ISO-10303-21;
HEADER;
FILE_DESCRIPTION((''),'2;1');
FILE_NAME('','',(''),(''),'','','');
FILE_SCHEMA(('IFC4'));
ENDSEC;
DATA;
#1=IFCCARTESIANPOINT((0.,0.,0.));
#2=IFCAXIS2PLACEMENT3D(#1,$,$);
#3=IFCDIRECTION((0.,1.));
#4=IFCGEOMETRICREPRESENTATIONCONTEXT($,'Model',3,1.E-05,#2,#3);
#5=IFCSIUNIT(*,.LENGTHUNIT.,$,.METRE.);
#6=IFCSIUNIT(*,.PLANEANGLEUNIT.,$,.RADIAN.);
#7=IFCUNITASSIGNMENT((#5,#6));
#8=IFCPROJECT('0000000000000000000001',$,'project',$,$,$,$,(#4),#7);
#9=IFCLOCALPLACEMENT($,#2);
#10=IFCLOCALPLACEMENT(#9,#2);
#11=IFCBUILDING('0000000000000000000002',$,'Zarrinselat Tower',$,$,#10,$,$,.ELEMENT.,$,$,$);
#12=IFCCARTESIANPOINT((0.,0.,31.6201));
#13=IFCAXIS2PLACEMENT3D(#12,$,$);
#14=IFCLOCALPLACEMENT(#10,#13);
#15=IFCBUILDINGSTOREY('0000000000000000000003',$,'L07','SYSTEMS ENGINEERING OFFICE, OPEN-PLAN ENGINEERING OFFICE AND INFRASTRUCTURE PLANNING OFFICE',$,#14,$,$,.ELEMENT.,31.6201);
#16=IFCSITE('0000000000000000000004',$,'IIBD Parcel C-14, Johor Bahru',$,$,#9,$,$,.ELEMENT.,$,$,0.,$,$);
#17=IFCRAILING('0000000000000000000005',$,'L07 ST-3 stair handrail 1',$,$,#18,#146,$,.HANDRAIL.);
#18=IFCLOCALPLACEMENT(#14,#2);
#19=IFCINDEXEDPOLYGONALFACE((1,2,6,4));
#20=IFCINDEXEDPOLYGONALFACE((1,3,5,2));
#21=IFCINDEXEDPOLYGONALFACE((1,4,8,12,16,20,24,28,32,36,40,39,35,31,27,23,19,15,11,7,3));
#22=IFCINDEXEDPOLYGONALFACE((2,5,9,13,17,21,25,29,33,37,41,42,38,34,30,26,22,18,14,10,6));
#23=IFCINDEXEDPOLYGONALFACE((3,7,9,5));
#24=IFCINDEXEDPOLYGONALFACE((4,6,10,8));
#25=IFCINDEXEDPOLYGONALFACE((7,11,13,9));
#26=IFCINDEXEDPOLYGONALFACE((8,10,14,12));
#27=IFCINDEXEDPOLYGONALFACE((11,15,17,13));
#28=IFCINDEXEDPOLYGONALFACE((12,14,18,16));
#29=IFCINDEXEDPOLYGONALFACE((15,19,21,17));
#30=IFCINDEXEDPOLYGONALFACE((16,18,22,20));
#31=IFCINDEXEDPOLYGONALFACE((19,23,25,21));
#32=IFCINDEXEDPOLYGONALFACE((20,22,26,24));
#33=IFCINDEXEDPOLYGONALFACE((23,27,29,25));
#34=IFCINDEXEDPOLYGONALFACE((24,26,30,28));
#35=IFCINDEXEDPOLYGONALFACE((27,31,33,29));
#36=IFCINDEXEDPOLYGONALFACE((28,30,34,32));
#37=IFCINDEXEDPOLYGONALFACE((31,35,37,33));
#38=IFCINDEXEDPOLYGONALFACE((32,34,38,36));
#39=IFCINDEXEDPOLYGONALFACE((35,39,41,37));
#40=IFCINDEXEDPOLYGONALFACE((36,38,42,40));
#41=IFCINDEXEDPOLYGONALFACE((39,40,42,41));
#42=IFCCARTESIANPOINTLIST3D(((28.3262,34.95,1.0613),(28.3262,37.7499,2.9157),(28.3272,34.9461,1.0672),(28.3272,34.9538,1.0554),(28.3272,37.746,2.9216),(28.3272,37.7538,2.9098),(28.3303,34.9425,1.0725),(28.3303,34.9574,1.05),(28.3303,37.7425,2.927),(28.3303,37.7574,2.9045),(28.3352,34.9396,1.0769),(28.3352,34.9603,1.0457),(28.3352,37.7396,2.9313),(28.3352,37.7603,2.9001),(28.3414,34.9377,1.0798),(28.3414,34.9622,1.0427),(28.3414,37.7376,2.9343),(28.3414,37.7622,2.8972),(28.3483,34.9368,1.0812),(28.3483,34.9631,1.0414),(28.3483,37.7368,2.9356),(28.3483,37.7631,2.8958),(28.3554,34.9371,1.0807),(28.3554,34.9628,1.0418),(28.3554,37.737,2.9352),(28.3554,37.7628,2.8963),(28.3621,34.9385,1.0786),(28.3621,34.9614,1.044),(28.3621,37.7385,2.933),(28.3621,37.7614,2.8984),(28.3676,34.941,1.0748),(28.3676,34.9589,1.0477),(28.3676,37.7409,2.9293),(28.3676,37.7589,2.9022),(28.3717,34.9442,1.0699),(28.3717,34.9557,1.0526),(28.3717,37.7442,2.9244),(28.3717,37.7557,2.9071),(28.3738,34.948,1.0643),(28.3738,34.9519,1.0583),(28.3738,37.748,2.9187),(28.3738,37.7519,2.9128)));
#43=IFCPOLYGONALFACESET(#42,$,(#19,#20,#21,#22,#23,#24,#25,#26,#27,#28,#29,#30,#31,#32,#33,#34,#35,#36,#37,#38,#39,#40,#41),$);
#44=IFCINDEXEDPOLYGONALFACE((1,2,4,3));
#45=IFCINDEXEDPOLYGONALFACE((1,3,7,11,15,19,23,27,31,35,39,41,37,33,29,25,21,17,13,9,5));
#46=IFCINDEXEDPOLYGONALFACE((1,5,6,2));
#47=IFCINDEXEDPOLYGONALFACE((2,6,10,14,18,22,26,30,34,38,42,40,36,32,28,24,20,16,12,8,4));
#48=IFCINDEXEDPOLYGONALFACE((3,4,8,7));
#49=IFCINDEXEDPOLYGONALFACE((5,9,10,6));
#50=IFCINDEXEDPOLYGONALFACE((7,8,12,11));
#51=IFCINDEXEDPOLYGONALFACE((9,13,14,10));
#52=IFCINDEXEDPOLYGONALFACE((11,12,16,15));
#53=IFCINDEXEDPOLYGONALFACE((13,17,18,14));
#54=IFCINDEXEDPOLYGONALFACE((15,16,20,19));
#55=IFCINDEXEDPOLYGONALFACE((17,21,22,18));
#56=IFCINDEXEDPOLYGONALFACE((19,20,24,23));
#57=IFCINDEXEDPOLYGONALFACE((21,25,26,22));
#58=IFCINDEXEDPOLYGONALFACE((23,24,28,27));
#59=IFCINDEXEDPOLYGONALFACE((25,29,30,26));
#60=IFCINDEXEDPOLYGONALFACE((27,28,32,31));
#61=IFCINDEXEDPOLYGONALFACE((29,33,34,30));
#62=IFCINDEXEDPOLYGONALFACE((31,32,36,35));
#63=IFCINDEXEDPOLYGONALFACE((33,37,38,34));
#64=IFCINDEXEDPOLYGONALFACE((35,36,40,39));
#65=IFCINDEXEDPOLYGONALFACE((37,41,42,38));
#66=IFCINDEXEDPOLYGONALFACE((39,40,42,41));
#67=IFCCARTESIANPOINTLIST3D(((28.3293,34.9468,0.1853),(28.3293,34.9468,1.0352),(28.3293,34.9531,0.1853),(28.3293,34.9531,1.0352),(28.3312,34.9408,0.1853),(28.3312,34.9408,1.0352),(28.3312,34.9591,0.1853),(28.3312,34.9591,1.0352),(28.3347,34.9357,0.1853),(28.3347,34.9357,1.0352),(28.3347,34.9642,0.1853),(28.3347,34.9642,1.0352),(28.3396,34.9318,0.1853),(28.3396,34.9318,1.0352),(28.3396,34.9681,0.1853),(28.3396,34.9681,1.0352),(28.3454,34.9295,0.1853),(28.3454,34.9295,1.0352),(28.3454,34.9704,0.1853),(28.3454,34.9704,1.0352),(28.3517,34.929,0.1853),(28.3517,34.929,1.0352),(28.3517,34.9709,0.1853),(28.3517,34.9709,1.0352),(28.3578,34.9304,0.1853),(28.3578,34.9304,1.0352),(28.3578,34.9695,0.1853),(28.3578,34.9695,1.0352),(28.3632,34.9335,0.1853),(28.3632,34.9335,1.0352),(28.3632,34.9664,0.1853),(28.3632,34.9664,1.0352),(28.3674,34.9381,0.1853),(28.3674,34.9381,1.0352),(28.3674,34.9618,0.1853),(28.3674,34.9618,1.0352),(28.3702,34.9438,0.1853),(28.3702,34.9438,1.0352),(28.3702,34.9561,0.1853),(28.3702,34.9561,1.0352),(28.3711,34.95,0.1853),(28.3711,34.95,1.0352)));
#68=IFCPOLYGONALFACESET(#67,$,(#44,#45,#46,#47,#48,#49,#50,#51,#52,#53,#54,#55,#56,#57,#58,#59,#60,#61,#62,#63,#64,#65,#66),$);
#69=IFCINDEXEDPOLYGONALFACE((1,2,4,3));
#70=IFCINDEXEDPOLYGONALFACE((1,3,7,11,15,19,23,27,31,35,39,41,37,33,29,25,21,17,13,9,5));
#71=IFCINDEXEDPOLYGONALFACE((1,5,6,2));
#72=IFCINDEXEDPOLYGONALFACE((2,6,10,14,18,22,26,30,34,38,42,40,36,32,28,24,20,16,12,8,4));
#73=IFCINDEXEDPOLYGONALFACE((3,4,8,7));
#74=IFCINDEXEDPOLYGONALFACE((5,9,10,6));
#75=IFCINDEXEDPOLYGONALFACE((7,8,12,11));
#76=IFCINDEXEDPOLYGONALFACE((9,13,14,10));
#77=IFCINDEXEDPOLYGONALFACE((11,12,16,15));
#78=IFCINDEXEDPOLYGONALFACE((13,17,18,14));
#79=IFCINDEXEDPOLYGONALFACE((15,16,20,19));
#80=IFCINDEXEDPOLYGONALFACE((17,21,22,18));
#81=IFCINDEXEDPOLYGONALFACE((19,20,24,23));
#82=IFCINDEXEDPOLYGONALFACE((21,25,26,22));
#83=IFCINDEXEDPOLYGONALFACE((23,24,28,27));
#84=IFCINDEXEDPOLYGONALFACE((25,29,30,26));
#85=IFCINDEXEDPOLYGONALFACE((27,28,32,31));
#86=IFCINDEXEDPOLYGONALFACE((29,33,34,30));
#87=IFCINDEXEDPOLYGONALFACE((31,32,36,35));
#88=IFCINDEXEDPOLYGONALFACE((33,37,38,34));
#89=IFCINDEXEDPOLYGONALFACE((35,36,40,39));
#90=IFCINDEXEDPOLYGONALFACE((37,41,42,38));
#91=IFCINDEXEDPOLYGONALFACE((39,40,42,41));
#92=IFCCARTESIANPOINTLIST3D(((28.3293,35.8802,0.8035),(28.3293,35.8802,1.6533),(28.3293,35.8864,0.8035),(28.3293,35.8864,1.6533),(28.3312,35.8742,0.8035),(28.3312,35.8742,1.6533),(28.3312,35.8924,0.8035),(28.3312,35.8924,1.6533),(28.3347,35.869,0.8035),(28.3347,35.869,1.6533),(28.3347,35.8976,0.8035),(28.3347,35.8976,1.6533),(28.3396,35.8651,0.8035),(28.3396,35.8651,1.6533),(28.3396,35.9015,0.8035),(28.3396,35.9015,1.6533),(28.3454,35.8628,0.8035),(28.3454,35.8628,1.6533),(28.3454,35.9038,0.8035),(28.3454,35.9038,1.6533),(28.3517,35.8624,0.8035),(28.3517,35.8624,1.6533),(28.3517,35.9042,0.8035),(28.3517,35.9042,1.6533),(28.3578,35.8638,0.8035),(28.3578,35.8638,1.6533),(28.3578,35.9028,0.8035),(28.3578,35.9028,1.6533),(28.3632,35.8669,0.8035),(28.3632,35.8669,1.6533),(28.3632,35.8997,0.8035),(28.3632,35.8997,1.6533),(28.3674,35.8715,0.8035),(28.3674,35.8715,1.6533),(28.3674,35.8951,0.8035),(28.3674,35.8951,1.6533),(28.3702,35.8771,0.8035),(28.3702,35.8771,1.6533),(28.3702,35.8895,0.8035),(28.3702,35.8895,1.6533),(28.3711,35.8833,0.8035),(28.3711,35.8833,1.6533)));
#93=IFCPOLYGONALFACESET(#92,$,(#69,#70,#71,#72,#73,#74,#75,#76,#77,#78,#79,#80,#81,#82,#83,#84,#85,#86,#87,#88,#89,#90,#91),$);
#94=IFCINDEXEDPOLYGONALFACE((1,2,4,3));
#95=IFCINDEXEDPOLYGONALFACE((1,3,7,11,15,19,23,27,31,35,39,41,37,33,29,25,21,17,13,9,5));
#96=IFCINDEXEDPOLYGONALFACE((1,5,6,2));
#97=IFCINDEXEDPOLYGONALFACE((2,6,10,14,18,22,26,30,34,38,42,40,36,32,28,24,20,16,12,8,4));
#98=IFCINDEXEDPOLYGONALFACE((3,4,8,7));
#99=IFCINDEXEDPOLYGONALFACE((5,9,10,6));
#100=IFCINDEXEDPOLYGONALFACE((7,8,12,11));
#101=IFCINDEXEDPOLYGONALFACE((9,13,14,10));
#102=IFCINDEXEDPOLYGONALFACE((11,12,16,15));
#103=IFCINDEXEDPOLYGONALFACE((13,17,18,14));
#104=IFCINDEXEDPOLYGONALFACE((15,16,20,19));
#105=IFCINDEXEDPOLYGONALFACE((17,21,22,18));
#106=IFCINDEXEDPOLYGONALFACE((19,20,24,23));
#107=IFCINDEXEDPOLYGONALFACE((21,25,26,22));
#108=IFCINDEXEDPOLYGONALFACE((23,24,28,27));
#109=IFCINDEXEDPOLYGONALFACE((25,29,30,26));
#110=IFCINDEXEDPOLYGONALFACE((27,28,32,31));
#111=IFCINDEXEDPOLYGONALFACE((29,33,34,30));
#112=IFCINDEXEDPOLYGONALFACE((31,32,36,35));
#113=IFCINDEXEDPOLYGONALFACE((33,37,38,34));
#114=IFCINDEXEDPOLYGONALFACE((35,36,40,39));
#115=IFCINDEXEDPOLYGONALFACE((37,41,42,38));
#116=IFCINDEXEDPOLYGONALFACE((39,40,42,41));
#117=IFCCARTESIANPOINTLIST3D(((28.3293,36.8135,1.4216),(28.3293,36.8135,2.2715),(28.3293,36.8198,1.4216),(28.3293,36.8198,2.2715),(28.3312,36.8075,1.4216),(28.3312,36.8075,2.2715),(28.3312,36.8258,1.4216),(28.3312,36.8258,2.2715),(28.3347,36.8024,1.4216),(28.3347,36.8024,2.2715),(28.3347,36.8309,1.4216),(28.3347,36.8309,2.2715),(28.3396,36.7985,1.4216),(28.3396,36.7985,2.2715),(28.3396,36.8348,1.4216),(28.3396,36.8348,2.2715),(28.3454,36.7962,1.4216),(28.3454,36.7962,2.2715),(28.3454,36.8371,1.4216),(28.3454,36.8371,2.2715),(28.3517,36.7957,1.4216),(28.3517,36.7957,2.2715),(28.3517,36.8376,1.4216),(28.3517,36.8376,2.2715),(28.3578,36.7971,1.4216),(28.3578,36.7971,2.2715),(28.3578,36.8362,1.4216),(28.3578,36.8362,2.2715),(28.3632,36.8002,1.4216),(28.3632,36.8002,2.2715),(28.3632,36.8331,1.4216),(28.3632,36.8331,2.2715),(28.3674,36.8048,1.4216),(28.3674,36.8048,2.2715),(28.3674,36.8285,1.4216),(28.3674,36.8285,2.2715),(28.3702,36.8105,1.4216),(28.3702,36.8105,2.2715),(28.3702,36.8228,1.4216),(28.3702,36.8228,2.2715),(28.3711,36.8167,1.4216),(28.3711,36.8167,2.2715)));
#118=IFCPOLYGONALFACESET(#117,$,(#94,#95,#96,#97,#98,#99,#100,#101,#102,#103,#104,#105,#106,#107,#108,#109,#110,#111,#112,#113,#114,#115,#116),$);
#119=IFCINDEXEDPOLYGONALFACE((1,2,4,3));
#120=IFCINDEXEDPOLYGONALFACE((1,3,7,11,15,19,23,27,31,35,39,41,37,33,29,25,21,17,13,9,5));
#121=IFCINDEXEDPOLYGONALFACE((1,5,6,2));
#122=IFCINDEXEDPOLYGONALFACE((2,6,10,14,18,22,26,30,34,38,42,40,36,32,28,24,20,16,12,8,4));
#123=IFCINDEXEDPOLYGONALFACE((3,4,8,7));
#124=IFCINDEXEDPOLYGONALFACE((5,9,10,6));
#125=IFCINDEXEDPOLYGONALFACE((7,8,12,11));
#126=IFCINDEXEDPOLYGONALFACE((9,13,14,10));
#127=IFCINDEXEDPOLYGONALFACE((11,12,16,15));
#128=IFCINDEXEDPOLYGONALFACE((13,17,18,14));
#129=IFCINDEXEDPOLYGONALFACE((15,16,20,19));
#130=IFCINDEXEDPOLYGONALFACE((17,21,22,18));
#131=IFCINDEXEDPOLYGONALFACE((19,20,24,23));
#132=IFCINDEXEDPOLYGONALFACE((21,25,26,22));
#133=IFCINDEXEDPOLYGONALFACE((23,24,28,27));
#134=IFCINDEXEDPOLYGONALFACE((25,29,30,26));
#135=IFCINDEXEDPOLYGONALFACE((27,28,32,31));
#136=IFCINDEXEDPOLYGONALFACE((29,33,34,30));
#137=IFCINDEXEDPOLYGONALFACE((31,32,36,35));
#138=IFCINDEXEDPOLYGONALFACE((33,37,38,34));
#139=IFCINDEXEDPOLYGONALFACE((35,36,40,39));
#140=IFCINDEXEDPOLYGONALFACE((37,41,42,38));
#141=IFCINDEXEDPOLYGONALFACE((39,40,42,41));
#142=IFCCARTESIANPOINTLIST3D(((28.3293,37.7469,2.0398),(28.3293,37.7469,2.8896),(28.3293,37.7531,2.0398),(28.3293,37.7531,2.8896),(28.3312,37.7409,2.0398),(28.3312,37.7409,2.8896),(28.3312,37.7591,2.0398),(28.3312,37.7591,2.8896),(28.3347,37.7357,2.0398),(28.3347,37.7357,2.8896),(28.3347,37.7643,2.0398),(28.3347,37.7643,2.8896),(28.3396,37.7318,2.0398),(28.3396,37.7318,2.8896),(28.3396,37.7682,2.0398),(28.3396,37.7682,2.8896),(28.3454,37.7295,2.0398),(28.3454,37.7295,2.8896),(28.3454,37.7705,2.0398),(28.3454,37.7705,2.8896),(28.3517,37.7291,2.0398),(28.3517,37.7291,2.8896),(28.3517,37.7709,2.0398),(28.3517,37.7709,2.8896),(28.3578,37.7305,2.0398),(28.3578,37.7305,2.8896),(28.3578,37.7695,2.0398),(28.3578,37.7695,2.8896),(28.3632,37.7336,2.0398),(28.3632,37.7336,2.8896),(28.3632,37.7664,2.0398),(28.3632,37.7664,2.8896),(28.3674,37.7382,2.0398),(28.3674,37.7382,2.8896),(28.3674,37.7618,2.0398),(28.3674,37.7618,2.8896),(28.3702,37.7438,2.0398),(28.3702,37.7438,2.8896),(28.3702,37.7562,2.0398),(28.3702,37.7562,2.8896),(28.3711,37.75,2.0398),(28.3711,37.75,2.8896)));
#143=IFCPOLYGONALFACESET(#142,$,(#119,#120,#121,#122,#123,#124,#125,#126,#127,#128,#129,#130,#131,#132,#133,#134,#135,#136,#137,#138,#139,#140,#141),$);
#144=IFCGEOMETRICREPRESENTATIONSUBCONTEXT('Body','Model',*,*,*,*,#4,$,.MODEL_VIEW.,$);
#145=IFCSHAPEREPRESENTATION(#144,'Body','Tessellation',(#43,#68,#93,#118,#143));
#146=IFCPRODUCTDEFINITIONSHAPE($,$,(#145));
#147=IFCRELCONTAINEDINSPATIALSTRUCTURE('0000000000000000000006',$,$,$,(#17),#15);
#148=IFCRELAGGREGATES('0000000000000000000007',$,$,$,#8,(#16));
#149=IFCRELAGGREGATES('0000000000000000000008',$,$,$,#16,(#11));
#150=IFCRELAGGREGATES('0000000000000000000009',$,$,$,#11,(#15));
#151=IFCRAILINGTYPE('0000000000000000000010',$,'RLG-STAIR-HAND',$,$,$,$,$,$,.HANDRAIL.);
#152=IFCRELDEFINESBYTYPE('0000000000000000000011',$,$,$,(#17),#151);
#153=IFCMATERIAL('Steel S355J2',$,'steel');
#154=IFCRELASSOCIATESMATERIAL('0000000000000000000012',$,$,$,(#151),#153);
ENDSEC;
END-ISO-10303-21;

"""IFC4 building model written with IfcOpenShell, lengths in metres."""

from ifc_helpers import new_model, si_unit, direction, frame, origin, origin_2d, place, context, subcontext, project, spatial, circle, extrude, material, type_object, element, save


model = new_model("IFC4")

# Units and contexts
model_context = context("Model", 3, precision=1e-05, world=origin(), true_north=direction((0.0, 1.0)))
body_context = subcontext(model_context, "Body", "Model", "MODEL_VIEW")
ifc_project = project(units=[si_unit("LENGTHUNIT", "METRE"), si_unit("PLANEANGLEUNIT", "RADIAN")], contexts=[model_context])

# Site, building, storey
site_placement = place(None, origin())
site = spatial("IfcSite", under=ifc_project, at=site_placement, Name="IIBD Parcel C-14, Johor Bahru", CompositionType="ELEMENT", RefElevation=0.0)
building_placement = place(site_placement, origin())
building = spatial("IfcBuilding", under=site, at=building_placement, Name="Zarrinselat Tower", CompositionType="ELEMENT")
storey_placement = place(building_placement, frame((0.0, 0.0, 31.6201)))
storey = spatial("IfcBuildingStorey", under=building, at=storey_placement, Name="L07", Description="SYSTEMS ENGINEERING OFFICE, OPEN-PLAN ENGINEERING OFFICE AND INFRASTRUCTURE PLANNING OFFICE", CompositionType="ELEMENT", Elevation=31.6201)

# Railing
ifc_material_1 = material(Name="Steel S355J2", Category="steel")
railing_type_1 = type_object("IfcRailingType", Name="RLG-STAIR-HAND", PredefinedType="HANDRAIL", material=ifc_material_1)
railing_1_placement = place(storey_placement, frame((28.3501, 34.95, 0.1853)))
element("IfcRailing", 1, at=railing_1_placement, inside=storey, type_object=railing_type_1, Name="L07 ST-3 stair handrail 1", PredefinedType="HANDRAIL", context=body_context, shape_type="SweptSolid", body=[
    extrude(circle(Radius=0.0239, at=origin_2d()), frame((0.0, 0.0, 0.876), z_axis=(0.0, 0.833724, 0.552181), x_axis=(-1.0, 0.0, 0.0)), (0.0, 0.0, 1.0), 3.3584),
    extrude(circle(Radius=0.021, at=origin_2d()), origin(), (0.0, 0.0, 1.0), 0.8499),
    extrude(circle(Radius=0.021, at=origin_2d()), frame((0.0, 0.9333, 0.6182)), (0.0, 0.0, 1.0), 0.8499),
    extrude(circle(Radius=0.021, at=origin_2d()), frame((0.0, 1.8667, 1.2363)), (0.0, 0.0, 1.0), 0.8499),
    extrude(circle(Radius=0.021, at=origin_2d()), frame((0.0, 2.8, 1.8545)), (0.0, 0.0, 1.0), 0.8499),
])

save(model, "model.ifc")
